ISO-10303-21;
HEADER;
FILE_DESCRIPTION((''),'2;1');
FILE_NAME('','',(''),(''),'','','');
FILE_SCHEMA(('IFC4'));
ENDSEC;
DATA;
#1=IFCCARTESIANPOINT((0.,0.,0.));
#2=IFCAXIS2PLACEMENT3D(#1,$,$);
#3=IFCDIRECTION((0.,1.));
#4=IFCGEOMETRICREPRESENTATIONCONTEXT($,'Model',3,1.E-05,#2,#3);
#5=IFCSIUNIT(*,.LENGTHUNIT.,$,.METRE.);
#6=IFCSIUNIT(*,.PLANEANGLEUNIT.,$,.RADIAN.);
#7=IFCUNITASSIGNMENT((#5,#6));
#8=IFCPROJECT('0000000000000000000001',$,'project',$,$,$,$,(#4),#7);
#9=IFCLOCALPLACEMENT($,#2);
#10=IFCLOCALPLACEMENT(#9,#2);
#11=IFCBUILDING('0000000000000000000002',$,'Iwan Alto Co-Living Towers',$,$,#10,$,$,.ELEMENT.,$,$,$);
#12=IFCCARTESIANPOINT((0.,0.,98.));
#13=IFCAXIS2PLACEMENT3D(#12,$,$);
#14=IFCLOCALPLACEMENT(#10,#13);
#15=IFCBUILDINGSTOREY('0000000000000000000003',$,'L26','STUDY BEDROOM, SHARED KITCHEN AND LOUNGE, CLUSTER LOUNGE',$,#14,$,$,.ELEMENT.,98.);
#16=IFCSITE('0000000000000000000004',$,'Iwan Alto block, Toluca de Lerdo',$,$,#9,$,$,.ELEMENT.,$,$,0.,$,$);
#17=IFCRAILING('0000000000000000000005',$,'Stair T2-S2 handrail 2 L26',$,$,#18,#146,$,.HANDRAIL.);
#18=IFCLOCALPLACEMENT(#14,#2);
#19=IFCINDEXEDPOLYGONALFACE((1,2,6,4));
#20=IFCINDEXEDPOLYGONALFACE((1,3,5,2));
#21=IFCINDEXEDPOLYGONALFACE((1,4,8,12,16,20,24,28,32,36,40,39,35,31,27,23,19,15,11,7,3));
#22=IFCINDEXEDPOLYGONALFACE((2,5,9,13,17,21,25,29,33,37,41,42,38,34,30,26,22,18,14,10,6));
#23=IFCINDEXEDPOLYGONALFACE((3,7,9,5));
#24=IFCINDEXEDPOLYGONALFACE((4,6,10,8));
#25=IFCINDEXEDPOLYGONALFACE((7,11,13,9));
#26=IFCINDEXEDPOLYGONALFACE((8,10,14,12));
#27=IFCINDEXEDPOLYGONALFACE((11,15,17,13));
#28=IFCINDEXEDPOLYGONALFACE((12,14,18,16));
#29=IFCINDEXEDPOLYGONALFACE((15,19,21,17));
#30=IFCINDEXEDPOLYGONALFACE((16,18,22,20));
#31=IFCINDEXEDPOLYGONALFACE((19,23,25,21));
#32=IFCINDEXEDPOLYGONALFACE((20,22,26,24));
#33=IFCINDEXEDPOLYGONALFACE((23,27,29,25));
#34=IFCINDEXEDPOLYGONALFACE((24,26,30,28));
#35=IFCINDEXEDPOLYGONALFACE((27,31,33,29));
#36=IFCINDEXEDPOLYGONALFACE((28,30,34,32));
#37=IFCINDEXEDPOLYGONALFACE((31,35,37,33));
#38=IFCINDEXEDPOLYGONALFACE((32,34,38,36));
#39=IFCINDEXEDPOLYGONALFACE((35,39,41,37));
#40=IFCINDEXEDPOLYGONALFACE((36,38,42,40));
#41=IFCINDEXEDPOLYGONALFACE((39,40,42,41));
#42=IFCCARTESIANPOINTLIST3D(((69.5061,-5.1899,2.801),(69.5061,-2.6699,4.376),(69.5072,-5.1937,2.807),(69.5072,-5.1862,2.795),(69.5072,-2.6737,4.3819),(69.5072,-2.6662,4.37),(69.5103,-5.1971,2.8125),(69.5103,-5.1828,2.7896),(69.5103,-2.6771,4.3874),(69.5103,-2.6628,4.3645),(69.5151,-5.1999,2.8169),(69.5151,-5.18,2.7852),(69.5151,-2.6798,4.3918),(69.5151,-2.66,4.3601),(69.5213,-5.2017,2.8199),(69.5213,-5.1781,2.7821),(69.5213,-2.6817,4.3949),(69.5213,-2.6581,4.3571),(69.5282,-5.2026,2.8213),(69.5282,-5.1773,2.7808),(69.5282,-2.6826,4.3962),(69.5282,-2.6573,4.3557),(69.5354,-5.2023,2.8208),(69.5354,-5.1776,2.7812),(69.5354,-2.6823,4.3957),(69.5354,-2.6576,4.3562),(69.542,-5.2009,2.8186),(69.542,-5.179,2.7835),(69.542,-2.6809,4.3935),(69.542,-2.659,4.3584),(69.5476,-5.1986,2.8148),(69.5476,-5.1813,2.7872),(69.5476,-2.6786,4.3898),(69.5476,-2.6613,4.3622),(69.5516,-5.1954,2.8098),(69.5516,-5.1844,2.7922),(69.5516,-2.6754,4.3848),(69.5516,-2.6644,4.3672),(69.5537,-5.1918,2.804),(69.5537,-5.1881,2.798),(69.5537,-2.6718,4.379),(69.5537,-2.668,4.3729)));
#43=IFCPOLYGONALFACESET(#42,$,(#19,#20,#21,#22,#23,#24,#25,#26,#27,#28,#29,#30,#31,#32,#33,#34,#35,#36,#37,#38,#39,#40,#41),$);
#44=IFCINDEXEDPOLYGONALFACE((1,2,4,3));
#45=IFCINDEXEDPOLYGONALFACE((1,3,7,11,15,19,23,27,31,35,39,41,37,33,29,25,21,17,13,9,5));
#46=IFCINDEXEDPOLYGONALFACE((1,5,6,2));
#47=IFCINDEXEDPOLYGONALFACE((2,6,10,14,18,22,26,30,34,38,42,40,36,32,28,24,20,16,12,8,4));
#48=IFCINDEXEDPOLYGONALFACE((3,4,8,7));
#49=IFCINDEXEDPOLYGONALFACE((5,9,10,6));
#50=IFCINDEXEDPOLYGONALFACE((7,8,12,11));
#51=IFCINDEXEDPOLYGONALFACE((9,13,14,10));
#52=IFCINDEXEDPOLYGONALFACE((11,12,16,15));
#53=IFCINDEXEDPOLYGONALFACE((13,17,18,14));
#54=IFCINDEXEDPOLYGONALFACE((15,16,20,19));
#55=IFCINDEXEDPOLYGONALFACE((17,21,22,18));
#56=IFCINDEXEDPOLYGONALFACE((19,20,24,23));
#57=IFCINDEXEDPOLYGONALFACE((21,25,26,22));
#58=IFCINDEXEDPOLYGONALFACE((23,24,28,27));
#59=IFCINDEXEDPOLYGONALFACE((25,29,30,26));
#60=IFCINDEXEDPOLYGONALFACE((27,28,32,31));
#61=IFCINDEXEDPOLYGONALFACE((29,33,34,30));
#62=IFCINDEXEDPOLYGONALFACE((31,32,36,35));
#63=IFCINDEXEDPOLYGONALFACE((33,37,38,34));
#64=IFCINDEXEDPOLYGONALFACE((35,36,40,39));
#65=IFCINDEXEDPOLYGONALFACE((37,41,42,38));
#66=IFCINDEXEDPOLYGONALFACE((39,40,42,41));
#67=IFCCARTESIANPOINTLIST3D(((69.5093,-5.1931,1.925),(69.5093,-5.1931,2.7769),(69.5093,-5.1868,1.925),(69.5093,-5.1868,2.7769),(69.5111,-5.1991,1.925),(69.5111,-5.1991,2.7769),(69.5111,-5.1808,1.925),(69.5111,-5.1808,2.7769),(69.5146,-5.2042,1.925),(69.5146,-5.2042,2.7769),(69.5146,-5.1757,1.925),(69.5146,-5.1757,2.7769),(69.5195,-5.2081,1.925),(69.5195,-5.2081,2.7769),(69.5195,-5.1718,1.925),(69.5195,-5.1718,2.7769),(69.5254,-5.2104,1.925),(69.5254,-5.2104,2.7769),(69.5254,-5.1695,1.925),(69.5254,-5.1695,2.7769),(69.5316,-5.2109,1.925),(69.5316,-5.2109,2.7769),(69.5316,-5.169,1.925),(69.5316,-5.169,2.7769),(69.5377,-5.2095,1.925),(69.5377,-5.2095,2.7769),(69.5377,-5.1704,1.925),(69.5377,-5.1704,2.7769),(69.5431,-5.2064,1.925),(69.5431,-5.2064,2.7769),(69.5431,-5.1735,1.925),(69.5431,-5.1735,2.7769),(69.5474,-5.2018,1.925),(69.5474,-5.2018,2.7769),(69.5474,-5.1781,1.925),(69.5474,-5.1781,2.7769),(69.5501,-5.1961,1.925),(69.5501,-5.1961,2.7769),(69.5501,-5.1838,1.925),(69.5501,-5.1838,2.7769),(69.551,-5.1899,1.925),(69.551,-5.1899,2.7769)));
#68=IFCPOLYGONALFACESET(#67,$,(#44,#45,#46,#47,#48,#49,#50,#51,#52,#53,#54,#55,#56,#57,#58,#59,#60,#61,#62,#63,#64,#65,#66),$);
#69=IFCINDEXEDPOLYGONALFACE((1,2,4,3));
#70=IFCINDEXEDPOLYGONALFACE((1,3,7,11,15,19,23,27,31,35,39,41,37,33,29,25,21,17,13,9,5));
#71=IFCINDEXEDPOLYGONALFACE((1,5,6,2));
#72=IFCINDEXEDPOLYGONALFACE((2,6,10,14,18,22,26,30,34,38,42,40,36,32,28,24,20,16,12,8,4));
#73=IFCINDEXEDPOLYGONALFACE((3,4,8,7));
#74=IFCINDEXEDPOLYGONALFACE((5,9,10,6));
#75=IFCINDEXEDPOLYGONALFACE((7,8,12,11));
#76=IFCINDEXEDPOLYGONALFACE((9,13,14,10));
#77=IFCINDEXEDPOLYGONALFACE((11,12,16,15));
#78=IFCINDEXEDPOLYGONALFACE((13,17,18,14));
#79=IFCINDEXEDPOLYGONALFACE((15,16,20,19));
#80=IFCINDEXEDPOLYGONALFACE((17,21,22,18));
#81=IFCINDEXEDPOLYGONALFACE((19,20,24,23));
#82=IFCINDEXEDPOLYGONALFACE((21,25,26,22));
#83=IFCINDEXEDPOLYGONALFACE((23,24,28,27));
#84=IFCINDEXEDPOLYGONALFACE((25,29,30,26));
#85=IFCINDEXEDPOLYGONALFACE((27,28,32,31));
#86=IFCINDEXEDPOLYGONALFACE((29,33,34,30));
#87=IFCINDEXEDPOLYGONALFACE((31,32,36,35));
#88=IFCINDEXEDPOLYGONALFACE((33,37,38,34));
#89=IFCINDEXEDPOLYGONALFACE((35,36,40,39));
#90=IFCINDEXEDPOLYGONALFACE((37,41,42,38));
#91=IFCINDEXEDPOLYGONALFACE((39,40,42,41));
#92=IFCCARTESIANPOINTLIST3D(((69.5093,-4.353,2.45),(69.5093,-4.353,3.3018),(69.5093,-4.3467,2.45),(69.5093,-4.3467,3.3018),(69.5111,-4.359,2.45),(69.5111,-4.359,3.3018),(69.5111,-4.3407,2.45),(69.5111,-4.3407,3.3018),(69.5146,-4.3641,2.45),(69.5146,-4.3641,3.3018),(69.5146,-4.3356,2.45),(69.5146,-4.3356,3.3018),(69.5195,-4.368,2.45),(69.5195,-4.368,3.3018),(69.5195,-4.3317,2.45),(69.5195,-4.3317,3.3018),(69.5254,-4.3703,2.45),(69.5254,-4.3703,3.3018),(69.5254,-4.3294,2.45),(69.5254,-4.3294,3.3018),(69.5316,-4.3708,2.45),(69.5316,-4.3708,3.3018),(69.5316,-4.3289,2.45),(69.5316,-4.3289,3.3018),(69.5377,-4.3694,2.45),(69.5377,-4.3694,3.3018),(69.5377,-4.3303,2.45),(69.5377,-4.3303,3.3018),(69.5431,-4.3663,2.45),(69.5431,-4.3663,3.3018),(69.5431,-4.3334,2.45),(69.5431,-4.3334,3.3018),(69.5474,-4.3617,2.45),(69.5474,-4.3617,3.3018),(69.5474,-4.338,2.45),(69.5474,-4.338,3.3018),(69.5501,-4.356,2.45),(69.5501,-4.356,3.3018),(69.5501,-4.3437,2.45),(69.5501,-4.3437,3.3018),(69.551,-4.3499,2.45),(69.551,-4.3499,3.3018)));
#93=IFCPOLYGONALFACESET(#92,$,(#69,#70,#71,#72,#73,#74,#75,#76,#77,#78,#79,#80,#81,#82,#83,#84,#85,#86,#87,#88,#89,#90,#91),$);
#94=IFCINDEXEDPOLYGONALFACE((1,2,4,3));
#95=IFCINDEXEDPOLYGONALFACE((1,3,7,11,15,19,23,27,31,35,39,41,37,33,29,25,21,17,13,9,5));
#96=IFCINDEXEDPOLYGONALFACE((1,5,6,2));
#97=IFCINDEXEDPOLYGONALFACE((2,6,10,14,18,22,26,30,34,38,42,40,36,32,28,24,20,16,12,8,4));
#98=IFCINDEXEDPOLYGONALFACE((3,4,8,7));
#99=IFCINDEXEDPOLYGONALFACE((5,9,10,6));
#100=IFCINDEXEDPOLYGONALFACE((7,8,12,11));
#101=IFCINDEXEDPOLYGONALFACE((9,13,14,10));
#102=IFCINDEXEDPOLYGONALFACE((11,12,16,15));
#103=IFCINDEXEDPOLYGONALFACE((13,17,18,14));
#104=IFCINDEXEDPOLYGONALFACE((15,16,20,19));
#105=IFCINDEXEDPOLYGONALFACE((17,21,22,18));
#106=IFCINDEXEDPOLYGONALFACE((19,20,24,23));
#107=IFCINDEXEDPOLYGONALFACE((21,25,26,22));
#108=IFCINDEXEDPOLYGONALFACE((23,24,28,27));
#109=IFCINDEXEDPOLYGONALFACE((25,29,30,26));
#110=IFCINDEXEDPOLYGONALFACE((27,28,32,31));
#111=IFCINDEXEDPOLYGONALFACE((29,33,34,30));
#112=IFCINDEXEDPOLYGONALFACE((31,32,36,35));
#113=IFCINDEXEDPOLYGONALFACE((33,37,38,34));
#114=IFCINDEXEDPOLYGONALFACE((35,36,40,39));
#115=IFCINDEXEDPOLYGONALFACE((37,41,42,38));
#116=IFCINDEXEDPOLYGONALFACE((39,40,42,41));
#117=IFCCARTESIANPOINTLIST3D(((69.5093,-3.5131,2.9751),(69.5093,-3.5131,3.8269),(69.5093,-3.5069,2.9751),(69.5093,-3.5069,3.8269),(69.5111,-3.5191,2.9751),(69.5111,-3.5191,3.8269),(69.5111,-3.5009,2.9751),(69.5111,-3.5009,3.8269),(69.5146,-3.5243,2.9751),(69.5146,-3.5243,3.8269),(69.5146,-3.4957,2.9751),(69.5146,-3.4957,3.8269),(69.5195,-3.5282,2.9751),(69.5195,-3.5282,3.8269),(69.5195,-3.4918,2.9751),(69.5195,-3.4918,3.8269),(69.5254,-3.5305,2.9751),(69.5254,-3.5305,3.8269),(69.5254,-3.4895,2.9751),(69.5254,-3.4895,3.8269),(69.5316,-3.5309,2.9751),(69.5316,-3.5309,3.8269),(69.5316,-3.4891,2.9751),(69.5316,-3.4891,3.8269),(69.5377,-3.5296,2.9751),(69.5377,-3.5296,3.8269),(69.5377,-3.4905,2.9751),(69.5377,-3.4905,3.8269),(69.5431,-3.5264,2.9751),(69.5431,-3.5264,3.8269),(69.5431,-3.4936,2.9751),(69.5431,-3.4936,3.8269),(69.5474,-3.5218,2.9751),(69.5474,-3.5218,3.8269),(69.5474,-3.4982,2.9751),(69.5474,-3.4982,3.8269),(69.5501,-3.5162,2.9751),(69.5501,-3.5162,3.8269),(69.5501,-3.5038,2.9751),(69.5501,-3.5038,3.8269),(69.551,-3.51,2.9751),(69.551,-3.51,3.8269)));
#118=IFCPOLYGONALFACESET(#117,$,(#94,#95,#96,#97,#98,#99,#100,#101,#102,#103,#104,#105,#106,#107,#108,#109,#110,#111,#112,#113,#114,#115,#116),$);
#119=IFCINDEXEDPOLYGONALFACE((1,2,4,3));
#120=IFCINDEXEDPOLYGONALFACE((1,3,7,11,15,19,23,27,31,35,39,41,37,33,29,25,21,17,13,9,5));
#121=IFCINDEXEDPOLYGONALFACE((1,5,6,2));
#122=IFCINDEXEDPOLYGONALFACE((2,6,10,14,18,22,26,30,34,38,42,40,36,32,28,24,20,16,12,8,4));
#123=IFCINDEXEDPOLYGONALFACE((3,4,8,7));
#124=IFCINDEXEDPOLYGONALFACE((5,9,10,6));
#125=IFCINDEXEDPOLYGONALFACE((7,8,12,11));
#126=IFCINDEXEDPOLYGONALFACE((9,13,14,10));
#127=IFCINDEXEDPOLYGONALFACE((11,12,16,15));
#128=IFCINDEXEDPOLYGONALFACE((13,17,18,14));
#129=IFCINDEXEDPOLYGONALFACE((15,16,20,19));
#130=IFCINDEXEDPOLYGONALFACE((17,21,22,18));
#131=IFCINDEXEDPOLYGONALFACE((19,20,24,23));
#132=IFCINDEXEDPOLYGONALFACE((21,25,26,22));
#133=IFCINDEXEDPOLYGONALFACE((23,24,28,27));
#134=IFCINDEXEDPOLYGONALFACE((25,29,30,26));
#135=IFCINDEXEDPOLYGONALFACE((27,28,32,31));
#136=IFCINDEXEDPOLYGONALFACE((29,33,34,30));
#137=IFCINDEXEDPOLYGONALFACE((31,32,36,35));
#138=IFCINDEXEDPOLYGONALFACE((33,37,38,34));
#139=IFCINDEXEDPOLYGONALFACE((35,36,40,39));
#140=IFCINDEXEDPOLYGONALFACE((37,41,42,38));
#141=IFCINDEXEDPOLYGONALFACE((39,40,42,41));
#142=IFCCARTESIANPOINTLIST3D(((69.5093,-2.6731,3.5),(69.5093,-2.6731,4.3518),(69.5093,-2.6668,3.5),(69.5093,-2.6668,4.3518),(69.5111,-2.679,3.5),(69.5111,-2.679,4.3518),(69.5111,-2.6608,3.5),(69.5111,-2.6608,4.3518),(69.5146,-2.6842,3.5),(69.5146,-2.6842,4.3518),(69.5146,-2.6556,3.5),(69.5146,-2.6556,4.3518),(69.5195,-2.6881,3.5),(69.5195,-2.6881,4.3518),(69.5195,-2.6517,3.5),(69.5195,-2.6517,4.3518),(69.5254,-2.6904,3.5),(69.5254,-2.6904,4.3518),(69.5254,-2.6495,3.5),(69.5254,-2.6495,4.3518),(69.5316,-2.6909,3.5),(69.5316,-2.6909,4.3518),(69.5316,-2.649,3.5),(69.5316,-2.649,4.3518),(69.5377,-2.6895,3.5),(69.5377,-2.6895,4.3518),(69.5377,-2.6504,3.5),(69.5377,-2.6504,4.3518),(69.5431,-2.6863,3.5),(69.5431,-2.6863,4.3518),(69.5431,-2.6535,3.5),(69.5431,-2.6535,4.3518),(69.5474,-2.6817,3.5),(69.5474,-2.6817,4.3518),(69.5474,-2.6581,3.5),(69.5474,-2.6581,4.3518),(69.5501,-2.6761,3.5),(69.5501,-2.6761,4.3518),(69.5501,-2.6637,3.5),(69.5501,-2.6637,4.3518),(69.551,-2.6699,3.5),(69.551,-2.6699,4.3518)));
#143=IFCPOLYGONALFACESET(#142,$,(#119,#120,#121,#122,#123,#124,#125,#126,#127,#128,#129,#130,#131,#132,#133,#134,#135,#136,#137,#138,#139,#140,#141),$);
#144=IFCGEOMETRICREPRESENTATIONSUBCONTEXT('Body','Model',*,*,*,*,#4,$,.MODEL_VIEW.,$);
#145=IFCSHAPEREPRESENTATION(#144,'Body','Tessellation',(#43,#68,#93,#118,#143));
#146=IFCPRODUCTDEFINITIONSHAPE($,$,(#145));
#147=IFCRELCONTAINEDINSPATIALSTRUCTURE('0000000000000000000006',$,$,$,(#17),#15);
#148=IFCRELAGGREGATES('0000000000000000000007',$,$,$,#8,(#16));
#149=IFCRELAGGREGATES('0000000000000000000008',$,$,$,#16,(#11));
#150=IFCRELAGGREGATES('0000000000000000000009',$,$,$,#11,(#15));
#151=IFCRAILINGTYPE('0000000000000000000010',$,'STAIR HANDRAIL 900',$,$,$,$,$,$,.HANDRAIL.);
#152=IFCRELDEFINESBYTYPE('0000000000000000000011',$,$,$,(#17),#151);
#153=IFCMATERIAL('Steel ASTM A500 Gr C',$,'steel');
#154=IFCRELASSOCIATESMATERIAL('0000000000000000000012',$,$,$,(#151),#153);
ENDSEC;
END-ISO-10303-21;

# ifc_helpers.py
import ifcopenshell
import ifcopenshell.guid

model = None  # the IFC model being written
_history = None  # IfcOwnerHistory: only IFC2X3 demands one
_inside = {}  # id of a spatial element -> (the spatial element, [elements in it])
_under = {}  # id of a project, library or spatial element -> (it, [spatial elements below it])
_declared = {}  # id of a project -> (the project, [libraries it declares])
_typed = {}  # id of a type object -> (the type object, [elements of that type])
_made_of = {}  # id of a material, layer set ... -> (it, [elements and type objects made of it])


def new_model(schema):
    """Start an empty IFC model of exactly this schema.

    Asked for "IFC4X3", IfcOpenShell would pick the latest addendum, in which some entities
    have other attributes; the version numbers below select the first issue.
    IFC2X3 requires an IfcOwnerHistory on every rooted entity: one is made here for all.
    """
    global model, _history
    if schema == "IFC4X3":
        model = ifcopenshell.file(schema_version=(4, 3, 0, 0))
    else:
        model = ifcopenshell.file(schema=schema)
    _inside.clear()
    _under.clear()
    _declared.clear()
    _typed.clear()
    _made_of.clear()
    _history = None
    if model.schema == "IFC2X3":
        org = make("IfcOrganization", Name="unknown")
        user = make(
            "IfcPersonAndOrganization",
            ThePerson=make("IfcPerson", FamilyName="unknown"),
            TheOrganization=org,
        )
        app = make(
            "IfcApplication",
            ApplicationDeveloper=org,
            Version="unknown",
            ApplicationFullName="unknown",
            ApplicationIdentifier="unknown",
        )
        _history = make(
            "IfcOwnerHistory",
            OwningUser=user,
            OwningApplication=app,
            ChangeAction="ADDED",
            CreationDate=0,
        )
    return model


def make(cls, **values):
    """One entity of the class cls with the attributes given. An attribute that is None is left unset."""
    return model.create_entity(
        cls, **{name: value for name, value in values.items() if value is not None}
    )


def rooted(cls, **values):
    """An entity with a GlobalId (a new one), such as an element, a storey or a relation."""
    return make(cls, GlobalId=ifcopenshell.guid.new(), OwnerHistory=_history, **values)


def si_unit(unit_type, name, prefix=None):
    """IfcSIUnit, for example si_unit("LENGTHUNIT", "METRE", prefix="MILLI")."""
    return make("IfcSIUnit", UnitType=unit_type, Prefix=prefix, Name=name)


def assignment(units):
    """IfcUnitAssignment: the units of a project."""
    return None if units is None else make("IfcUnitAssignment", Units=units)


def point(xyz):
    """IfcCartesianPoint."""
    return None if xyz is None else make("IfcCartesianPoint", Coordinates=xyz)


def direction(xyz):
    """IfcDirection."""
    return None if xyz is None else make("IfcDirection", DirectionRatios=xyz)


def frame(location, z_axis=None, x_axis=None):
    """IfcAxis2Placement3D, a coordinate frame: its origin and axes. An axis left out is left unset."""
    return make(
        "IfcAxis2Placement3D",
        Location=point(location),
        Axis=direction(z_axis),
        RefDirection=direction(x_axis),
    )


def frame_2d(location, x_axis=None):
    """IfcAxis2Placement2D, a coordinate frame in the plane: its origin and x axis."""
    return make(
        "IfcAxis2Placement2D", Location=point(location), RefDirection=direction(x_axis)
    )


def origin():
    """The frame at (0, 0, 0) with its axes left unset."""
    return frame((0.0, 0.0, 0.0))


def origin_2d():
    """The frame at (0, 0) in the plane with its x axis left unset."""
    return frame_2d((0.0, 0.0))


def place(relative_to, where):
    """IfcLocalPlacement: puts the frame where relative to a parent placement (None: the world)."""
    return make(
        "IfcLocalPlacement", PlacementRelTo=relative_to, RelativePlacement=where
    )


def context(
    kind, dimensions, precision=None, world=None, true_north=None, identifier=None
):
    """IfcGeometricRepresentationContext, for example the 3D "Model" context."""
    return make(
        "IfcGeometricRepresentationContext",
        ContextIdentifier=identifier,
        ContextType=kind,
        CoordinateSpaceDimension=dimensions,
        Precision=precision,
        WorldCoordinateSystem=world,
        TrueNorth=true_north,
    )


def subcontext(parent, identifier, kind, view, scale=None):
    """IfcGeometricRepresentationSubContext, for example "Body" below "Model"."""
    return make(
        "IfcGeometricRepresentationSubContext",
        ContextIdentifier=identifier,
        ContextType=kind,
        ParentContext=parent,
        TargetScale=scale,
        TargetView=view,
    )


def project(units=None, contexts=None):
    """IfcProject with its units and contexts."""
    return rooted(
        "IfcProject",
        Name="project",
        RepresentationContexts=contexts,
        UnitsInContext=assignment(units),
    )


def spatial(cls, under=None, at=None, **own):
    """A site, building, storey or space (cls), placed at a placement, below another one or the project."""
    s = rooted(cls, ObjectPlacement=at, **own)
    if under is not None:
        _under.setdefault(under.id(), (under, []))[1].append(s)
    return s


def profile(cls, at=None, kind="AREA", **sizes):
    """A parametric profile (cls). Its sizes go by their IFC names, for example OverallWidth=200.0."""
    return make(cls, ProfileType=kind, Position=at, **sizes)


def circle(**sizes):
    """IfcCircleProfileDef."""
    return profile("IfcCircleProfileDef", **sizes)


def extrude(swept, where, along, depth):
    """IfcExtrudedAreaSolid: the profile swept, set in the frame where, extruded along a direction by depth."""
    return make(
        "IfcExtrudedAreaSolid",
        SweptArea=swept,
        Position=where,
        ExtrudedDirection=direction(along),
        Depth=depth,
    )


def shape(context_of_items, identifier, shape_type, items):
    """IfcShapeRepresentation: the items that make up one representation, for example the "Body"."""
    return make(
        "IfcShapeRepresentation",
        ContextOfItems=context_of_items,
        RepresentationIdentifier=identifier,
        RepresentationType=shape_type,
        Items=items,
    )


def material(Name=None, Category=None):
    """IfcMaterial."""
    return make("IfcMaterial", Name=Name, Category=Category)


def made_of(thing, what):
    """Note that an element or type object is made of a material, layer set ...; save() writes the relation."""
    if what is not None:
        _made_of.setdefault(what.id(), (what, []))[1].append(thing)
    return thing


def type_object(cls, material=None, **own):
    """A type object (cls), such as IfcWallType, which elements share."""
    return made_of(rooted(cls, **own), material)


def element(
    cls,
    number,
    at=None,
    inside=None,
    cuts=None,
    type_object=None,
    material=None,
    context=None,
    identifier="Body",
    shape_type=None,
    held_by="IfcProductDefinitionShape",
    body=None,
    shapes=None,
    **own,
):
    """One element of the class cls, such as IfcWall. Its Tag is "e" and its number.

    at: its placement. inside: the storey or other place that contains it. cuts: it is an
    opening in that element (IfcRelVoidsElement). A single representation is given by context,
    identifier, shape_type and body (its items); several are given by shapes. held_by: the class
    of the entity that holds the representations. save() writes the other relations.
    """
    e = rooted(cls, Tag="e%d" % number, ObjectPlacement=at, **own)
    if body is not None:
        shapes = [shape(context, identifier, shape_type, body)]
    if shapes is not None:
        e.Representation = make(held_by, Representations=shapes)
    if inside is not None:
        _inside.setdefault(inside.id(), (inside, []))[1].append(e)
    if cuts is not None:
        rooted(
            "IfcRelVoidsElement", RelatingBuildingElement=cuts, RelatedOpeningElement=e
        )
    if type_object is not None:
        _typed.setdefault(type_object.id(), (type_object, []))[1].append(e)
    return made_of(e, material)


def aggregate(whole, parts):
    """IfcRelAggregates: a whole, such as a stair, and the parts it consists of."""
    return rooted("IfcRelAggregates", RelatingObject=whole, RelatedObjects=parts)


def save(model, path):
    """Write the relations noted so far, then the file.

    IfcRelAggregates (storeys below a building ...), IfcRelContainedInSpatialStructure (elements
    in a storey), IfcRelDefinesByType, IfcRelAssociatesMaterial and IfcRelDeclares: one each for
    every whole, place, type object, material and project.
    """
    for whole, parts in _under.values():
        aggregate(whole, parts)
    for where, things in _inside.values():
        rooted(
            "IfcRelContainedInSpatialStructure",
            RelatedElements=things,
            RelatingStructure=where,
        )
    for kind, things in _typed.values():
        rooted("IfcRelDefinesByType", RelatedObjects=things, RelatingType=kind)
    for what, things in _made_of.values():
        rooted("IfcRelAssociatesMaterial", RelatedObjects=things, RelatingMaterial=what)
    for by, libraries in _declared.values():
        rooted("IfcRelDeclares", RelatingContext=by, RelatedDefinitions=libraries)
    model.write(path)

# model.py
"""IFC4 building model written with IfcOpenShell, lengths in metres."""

from ifc_helpers import new_model, si_unit, direction, frame, origin, origin_2d, place, context, subcontext, project, spatial, circle, extrude, material, type_object, element, save


model = new_model("IFC4")

# Units and contexts
model_context = context("Model", 3, precision=1e-05, world=origin(), true_north=direction((0.0, 1.0)))
body_context = subcontext(model_context, "Body", "Model", "MODEL_VIEW")
ifc_project = project(units=[si_unit("LENGTHUNIT", "METRE"), si_unit("PLANEANGLEUNIT", "RADIAN")], contexts=[model_context])

# Site, building, storey
site_placement = place(None, origin())
site = spatial("IfcSite", under=ifc_project, at=site_placement, Name="Iwan Alto block, Toluca de Lerdo", CompositionType="ELEMENT", RefElevation=0.0)
building_placement = place(site_placement, origin())
building = spatial("IfcBuilding", under=site, at=building_placement, Name="Iwan Alto Co-Living Towers", CompositionType="ELEMENT")
storey_placement = place(building_placement, frame((0.0, 0.0, 98.0)))
storey = spatial("IfcBuildingStorey", under=building, at=storey_placement, Name="L26", Description="STUDY BEDROOM, SHARED KITCHEN AND LOUNGE, CLUSTER LOUNGE", CompositionType="ELEMENT", Elevation=98.0)

# Railing
ifc_material_1 = material(Name="Steel ASTM A500 Gr C", Category="steel")
railing_type = type_object("IfcRailingType", Name="STAIR HANDRAIL 900", PredefinedType="HANDRAIL", material=ifc_material_1)
railing_1_placement = place(storey_placement, frame((69.53, -5.1899, 1.925)))
element("IfcRailing", 1, at=railing_1_placement, inside=storey, type_object=railing_type, Name="Stair T2-S2 handrail 2 L26", PredefinedType="HANDRAIL", context=body_context, shape_type="SweptSolid", body=[
    extrude(circle(Radius=0.0239, at=origin_2d()), frame((0.0, 0.0, 0.876), z_axis=(0.0, 0.848008, 0.529984), x_axis=(-1.0, 0.0, 0.0)), (0.0, 0.0, 1.0), 2.9717),
    extrude(circle(Radius=0.021, at=origin_2d()), origin(), (0.0, 0.0, 1.0), 0.8518),
    extrude(circle(Radius=0.021, at=origin_2d()), frame((0.0, 0.8401, 0.5249)), (0.0, 0.0, 1.0), 0.8518),
    extrude(circle(Radius=0.021, at=origin_2d()), frame((0.0, 1.6799, 1.05)), (0.0, 0.0, 1.0), 0.8518),
    extrude(circle(Radius=0.021, at=origin_2d()), frame((0.0, 2.52, 1.575)), (0.0, 0.0, 1.0), 0.8518),
])

save(model, "model.ifc")
